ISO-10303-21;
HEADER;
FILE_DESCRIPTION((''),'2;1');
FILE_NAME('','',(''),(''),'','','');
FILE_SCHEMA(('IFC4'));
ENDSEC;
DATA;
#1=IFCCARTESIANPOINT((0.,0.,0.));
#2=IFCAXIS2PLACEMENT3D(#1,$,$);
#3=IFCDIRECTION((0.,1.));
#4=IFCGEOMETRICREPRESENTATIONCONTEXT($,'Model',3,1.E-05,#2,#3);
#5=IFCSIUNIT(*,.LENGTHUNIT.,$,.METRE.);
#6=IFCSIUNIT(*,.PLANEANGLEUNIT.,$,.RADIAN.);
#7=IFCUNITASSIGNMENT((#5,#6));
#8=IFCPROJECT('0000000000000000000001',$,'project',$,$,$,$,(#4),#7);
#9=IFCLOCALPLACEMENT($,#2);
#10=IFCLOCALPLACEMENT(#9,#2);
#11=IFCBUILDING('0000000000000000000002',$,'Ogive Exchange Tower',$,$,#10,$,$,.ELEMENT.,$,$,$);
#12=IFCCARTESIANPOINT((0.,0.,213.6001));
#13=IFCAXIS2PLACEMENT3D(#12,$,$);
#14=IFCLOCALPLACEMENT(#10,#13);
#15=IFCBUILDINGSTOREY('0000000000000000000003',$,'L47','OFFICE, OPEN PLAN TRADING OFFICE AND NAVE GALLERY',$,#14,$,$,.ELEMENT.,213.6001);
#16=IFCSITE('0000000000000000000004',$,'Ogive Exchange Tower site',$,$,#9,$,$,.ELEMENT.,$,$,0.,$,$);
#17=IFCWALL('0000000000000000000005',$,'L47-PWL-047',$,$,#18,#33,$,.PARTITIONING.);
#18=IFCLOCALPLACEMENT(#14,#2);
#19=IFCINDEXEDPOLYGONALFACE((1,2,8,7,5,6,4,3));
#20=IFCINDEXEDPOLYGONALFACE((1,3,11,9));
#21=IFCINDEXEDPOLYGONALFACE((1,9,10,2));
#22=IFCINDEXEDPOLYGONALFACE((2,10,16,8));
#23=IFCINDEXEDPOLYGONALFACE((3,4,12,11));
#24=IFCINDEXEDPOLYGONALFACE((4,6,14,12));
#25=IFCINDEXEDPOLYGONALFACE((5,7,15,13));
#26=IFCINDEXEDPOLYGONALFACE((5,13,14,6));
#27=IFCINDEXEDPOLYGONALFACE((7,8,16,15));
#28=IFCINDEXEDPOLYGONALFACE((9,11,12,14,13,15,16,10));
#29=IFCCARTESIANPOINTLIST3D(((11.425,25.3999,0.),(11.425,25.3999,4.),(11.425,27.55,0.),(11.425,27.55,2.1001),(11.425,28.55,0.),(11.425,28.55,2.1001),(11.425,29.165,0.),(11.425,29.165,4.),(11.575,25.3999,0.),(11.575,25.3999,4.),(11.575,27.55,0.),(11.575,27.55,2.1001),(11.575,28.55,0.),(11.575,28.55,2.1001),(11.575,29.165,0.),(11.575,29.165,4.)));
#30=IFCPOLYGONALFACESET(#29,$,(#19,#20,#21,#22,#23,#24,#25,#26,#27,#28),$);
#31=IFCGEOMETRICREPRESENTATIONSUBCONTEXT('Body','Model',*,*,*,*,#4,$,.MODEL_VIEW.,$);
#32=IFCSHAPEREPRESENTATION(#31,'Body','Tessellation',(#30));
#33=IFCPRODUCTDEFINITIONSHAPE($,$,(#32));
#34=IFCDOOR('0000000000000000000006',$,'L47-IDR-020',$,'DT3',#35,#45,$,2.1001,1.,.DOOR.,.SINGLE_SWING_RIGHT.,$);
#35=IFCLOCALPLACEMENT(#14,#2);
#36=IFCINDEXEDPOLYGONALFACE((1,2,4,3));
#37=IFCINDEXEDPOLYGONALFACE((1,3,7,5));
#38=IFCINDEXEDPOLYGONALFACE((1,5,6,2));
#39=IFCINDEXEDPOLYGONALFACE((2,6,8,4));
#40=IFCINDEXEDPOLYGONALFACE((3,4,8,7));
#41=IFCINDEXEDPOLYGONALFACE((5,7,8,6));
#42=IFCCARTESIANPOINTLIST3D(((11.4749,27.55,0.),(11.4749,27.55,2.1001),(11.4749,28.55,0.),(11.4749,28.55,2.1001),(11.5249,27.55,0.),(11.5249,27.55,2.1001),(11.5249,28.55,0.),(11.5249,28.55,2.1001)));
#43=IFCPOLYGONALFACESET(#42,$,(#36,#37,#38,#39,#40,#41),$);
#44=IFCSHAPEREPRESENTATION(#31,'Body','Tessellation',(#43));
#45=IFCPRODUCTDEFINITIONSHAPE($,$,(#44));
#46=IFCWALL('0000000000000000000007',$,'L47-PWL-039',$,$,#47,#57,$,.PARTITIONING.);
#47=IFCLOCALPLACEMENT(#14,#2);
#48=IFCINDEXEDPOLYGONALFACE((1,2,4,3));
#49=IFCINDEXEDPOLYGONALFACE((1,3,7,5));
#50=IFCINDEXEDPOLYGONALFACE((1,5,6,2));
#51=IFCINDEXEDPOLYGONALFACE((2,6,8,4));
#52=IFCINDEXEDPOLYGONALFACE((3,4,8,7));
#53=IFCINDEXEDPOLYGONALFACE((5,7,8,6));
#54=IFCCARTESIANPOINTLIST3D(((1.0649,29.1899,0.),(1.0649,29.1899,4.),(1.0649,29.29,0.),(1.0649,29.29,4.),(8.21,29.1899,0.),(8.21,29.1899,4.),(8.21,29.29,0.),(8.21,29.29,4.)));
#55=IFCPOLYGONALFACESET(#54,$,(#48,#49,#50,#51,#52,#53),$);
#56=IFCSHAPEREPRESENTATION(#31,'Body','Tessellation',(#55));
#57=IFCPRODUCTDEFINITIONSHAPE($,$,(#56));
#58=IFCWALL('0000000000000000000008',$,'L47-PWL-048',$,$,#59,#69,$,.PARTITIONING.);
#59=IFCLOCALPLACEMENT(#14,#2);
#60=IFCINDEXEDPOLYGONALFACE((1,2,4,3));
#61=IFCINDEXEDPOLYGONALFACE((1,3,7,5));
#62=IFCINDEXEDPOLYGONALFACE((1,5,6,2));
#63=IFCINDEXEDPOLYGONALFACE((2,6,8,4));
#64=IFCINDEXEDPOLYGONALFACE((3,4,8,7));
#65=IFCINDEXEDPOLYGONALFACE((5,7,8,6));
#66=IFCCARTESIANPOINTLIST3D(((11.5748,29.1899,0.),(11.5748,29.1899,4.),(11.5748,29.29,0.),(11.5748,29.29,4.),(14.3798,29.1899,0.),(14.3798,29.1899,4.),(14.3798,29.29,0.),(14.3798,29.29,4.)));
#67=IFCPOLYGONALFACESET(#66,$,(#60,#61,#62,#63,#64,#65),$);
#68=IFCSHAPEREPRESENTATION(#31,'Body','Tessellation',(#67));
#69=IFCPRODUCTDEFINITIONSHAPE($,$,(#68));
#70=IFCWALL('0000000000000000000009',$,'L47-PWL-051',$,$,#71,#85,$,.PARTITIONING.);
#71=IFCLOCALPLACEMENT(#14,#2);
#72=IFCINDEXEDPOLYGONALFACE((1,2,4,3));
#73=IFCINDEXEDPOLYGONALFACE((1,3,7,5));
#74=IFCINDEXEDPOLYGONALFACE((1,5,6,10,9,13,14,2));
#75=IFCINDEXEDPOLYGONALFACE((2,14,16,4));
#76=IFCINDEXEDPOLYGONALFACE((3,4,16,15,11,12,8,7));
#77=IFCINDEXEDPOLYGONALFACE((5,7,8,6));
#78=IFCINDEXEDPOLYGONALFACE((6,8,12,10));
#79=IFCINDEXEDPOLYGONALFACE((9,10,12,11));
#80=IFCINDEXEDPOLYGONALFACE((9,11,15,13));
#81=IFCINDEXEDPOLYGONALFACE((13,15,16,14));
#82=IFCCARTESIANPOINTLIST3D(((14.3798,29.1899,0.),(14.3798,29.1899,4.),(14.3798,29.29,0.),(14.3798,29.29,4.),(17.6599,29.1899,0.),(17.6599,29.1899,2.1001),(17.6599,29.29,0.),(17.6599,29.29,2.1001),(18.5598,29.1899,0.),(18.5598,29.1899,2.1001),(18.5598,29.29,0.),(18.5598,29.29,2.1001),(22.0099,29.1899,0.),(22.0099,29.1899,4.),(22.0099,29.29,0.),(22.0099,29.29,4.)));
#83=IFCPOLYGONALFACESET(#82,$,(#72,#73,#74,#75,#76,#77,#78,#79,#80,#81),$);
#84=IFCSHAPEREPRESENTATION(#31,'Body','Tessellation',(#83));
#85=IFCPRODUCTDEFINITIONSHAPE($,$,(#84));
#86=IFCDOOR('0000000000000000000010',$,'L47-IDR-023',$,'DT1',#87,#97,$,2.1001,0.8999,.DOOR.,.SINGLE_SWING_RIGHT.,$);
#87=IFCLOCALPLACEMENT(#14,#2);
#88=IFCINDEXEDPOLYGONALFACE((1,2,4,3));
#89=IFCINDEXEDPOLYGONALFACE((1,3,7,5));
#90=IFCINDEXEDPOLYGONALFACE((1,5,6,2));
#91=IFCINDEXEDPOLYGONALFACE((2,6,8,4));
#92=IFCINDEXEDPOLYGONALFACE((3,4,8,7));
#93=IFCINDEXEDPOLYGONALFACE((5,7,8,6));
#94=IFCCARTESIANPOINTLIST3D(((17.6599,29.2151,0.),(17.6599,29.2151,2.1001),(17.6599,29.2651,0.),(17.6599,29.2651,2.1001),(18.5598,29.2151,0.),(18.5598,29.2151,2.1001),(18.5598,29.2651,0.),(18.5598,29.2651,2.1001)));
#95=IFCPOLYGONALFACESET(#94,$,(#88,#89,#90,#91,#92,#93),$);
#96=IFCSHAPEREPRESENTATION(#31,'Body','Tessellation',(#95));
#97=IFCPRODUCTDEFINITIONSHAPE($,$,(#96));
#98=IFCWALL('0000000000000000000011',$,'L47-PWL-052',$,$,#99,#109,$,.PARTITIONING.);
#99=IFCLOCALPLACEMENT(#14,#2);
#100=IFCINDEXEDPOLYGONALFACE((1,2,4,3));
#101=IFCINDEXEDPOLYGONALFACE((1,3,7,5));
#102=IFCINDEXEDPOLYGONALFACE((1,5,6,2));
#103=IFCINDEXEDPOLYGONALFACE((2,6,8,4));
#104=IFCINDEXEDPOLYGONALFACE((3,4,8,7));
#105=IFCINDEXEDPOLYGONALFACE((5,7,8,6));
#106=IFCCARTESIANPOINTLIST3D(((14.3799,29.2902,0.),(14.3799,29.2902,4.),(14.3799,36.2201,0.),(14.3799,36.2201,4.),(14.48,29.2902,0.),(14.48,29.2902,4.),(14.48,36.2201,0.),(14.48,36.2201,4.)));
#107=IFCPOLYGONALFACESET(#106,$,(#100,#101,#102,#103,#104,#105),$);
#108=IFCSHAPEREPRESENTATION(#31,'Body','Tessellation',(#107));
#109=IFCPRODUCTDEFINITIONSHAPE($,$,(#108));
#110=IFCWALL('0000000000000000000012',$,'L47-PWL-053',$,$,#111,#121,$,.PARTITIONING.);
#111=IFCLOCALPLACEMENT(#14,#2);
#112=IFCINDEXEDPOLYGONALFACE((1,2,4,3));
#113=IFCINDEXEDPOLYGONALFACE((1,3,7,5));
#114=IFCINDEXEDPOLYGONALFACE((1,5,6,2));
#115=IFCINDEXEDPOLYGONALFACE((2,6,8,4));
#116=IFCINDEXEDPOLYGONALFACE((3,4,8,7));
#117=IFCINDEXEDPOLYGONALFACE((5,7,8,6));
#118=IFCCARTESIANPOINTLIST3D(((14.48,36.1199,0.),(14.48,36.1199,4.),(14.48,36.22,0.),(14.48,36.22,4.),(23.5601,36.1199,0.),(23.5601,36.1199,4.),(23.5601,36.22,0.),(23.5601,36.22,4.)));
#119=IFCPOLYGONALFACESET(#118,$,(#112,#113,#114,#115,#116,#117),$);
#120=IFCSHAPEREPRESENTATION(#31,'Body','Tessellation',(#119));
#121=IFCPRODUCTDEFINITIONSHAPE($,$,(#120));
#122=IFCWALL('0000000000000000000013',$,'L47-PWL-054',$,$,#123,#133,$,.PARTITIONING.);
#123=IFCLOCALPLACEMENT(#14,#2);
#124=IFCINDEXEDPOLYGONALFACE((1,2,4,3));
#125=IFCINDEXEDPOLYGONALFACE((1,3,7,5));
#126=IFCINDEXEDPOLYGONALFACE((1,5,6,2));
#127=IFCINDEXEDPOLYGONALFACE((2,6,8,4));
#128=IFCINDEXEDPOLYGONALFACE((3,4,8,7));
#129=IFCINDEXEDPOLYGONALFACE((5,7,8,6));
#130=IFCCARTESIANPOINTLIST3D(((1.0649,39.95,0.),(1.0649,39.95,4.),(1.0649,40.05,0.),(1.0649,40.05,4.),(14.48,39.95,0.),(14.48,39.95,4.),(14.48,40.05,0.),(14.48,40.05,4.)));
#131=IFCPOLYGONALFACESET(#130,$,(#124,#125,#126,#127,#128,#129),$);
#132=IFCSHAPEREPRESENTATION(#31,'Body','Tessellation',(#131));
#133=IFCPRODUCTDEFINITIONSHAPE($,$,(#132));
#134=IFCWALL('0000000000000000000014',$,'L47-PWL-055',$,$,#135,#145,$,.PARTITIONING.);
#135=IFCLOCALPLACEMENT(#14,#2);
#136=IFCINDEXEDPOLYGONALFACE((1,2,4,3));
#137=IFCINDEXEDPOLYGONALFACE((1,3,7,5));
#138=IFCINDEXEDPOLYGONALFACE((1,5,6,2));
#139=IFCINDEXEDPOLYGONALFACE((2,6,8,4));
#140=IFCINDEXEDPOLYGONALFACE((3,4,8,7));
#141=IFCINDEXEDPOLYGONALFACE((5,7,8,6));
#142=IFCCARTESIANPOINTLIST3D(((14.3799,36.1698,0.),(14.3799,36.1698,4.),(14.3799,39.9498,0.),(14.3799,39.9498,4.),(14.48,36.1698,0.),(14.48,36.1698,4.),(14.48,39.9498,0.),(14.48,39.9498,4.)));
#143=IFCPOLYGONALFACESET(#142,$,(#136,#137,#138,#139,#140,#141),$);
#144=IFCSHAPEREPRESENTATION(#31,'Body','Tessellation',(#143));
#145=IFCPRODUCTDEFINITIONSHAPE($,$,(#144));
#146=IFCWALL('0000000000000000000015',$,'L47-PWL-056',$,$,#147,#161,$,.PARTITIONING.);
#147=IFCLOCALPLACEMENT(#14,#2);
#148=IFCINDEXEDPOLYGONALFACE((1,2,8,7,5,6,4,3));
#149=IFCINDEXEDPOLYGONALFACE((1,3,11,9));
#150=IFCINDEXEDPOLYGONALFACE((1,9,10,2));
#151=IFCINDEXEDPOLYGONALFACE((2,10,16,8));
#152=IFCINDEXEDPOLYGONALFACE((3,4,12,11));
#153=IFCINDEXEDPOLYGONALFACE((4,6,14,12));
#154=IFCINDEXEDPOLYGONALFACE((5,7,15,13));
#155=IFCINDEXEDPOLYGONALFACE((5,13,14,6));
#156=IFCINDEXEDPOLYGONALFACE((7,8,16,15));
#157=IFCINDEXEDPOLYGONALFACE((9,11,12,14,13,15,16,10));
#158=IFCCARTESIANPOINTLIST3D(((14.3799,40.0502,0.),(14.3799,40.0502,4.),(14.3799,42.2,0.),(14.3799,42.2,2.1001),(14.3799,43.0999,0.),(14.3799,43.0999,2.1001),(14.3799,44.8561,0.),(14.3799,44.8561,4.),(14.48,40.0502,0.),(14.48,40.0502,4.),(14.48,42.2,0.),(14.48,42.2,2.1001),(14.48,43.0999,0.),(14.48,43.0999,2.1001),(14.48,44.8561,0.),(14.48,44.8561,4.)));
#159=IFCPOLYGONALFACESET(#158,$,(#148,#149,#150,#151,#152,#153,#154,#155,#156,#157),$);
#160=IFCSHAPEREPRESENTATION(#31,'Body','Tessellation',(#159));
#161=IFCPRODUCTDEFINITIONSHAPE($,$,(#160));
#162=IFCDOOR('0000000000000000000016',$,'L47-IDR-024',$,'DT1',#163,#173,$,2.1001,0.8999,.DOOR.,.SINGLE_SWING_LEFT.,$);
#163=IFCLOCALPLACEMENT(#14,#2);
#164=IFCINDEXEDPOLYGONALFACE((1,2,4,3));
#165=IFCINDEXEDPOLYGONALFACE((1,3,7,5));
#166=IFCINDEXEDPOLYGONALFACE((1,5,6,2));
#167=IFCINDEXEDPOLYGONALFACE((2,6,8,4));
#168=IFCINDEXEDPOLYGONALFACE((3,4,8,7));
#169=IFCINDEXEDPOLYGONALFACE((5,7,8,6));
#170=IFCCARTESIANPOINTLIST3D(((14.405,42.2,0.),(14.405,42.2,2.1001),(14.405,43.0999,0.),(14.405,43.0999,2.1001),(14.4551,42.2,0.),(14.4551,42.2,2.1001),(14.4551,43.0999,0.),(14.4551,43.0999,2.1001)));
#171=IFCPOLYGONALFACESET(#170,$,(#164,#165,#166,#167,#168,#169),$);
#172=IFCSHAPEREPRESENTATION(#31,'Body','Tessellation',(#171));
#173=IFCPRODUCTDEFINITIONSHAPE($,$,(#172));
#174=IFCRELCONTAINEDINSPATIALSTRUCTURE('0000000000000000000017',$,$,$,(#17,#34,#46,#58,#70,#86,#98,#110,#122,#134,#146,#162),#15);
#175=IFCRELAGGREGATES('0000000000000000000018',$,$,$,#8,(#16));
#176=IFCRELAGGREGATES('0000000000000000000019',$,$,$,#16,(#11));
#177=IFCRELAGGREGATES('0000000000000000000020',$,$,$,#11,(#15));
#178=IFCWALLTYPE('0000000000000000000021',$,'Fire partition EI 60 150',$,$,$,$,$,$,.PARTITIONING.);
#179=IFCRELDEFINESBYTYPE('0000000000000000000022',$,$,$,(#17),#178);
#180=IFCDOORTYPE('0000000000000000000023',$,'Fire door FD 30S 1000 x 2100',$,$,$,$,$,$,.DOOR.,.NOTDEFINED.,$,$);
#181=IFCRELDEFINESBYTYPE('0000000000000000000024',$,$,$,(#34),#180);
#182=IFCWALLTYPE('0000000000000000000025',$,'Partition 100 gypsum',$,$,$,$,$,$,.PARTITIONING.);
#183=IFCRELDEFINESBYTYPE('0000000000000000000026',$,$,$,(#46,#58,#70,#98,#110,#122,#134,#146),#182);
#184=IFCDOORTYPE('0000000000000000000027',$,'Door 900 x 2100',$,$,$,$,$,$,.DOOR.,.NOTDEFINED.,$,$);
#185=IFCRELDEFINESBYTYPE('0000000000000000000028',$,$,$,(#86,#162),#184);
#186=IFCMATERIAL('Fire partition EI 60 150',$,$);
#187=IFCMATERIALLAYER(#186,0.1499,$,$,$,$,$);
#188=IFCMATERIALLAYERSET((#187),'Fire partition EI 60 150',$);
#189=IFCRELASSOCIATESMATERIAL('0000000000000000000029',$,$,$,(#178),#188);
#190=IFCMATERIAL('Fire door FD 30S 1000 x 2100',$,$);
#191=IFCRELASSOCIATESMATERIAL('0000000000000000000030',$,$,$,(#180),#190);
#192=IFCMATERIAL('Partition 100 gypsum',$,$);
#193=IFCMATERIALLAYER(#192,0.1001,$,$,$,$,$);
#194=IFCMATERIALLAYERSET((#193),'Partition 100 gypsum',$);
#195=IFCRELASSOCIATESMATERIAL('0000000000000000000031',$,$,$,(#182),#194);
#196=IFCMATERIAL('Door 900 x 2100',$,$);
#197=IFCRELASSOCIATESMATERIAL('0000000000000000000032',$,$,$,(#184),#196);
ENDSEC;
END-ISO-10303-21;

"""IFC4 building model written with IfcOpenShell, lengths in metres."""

from ifc_helpers import new_model, si_unit, direction, frame, frame_2d, origin, place, context, subcontext, project, spatial, rectangle, extrude, material, layer, layer_set, type_object, element, fill, save


model = new_model("IFC4")

# Units and contexts
model_context = context("Model", 3, precision=1e-05, world=origin(), true_north=direction((0.0, 1.0)))
body_context = subcontext(model_context, "Body", "Model", "MODEL_VIEW")
ifc_project = project(units=[si_unit("LENGTHUNIT", "METRE"), si_unit("PLANEANGLEUNIT", "RADIAN")], contexts=[model_context])

# Site, building, storey
site_placement = place(None, origin())
site = spatial("IfcSite", under=ifc_project, at=site_placement, Name="Ogive Exchange Tower site", CompositionType="ELEMENT", RefElevation=0.0)
building_placement = place(site_placement, origin())
building = spatial("IfcBuilding", under=site, at=building_placement, Name="Ogive Exchange Tower", CompositionType="ELEMENT")
storey_placement = place(building_placement, frame((0.0, 0.0, 213.6001)))
storey = spatial("IfcBuildingStorey", under=building, at=storey_placement, Name="L47", Description="OFFICE, OPEN PLAN TRADING OFFICE AND NAVE GALLERY", CompositionType="ELEMENT", Elevation=213.6001)

# Shared definitions
ifc_material_1 = material(Name="Fire partition EI 60 150")
ifc_layer_1 = layer(ifc_material_1, 0.1499)
ifc_layer_set_1 = layer_set([ifc_layer_1], Name="Fire partition EI 60 150")
wall_type_1 = type_object("IfcWallType", Name="Fire partition EI 60 150", PredefinedType="PARTITIONING", material=ifc_layer_set_1)
ifc_material_2 = material(Name="Fire door FD 30S 1000 x 2100")
door_type_1 = type_object("IfcDoorType", Name="Fire door FD 30S 1000 x 2100", OperationType="NOTDEFINED", PredefinedType="DOOR", material=ifc_material_2)

# Wall, opening, door
wall_1_placement = place(storey_placement, frame((11.5, 29.165, 0.0), z_axis=(0.0, 0.0, 1.0), x_axis=(0.0, -1.0, 0.0)))
wall_1 = element("IfcWall", 1, at=wall_1_placement, inside=storey, type_object=wall_type_1, Name="L47-PWL-047", PredefinedType="PARTITIONING", context=body_context, shape_type="SweptSolid", body=[
    extrude(rectangle(XDim=3.7651, YDim=0.1499, at=frame_2d((1.8826, 0.0))), origin(), (0.0, 0.0, 1.0), 4.0),
])
opening_1_placement = place(wall_1_placement, frame((0.615, 0.0, 0.0)))
opening_1 = element("IfcOpeningElement", 2, at=opening_1_placement, cuts=wall_1, PredefinedType="OPENING", context=body_context, shape_type="SweptSolid", body=[
    extrude(rectangle(XDim=1.0, YDim=2.1001, at=frame_2d((0.5, 1.05))), frame((0.0, 0.085, 0.0), z_axis=(0.0, -1.0, 0.0), x_axis=(1.0, 0.0, 0.0)), (0.0, 0.0, 1.0), 0.1699),
])
door_1_placement = place(opening_1_placement, origin())
door_1 = element("IfcDoor", 3, at=door_1_placement, inside=storey, type_object=door_type_1, Name="L47-IDR-020", ObjectType="DT3", OperationType="SINGLE_SWING_RIGHT", OverallHeight=2.1001, OverallWidth=1.0, PredefinedType="DOOR", context=body_context, shape_type="SweptSolid", body=[
    extrude(rectangle(XDim=1.0, YDim=2.1001, at=frame_2d((0.5, 1.05))), frame((0.0, 0.0249, 0.0), z_axis=(0.0, -1.0, 0.0), x_axis=(1.0, 0.0, 0.0)), (0.0, 0.0, 1.0), 0.05),
])
fill(opening_1, door_1)

# Walls
ifc_material_3 = material(Name="Partition 100 gypsum")
ifc_layer_2 = layer(ifc_material_3, 0.1001)
ifc_layer_set_2 = layer_set([ifc_layer_2], Name="Partition 100 gypsum")
wall_type_2 = type_object("IfcWallType", Name="Partition 100 gypsum", PredefinedType="PARTITIONING", material=ifc_layer_set_2)
wall_2_placement = place(storey_placement, frame((1.0649, 29.24, 0.0), z_axis=(0.0, 0.0, 1.0), x_axis=(1.0, 0.0, 0.0)))
element("IfcWall", 4, at=wall_2_placement, inside=storey, type_object=wall_type_2, Name="L47-PWL-039", PredefinedType="PARTITIONING", context=body_context, shape_type="SweptSolid", body=[
    extrude(rectangle(XDim=7.145, YDim=0.1001, at=frame_2d((3.5725, 0.0))), origin(), (0.0, 0.0, 1.0), 4.0),
])
wall_3_placement = place(storey_placement, frame((11.575, 29.24, 0.0), z_axis=(0.0, 0.0, 1.0), x_axis=(1.0, 0.0, 0.0)))
element("IfcWall", 5, at=wall_3_placement, inside=storey, type_object=wall_type_2, Name="L47-PWL-048", PredefinedType="PARTITIONING", context=body_context, shape_type="SweptSolid", body=[
    extrude(rectangle(XDim=2.8049, YDim=0.1001, at=frame_2d((1.4023, 0.0))), origin(), (0.0, 0.0, 1.0), 4.0),
])

# Wall, opening, door
wall_4_placement = place(storey_placement, frame((14.3799, 29.24, 0.0), z_axis=(0.0, 0.0, 1.0), x_axis=(1.0, 0.0, 0.0)))
wall_4 = element("IfcWall", 6, at=wall_4_placement, inside=storey, type_object=wall_type_2, Name="L47-PWL-051", PredefinedType="PARTITIONING", context=body_context, shape_type="SweptSolid", body=[
    extrude(rectangle(XDim=7.6301, YDim=0.1001, at=frame_2d((3.8149, 0.0))), origin(), (0.0, 0.0, 1.0), 4.0),
])
opening_2_placement = place(wall_4_placement, frame((3.28, 0.0, 0.0)))
opening_2 = element("IfcOpeningElement", 7, at=opening_2_placement, cuts=wall_4, PredefinedType="OPENING", context=body_context, shape_type="SweptSolid", body=[
    extrude(rectangle(XDim=0.8999, YDim=2.1001, at=frame_2d((0.45, 1.05))), frame((0.0, 0.0601, 0.0), z_axis=(0.0, -1.0, 0.0), x_axis=(1.0, 0.0, 0.0)), (0.0, 0.0, 1.0), 0.1201),
])
ifc_material_4 = material(Name="Door 900 x 2100")
door_type_2 = type_object("IfcDoorType", Name="Door 900 x 2100", OperationType="NOTDEFINED", PredefinedType="DOOR", material=ifc_material_4)
door_2_placement = place(opening_2_placement, frame((0.8999, 0.0, 0.0), z_axis=(0.0, 0.0, 1.0), x_axis=(-1.0, 0.0, 0.0)))
door_2 = element("IfcDoor", 8, at=door_2_placement, inside=storey, type_object=door_type_2, Name="L47-IDR-023", ObjectType="DT1", OperationType="SINGLE_SWING_RIGHT", OverallHeight=2.1001, OverallWidth=0.8999, PredefinedType="DOOR", context=body_context, shape_type="SweptSolid", body=[
    extrude(rectangle(XDim=0.8999, YDim=2.1001, at=frame_2d((0.45, 1.05))), frame((0.0, 0.0249, 0.0), z_axis=(0.0, -1.0, 0.0), x_axis=(1.0, 0.0, 0.0)), (0.0, 0.0, 1.0), 0.05),
])
fill(opening_2, door_2)

# Walls
wall_5_placement = place(storey_placement, frame((14.4299, 36.22, 0.0), z_axis=(0.0, 0.0, 1.0), x_axis=(0.0, -1.0, 0.0)))
element("IfcWall", 9, at=wall_5_placement, inside=storey, type_object=wall_type_2, Name="L47-PWL-052", PredefinedType="PARTITIONING", context=body_context, shape_type="SweptSolid", body=[
    extrude(rectangle(XDim=6.9299, YDim=0.1001, at=frame_2d((3.4648, 0.0))), origin(), (0.0, 0.0, 1.0), 4.0),
])
wall_6_placement = place(storey_placement, frame((14.48, 36.1699, 0.0), z_axis=(0.0, 0.0, 1.0), x_axis=(1.0, 0.0, 0.0)))
element("IfcWall", 10, at=wall_6_placement, inside=storey, type_object=wall_type_2, Name="L47-PWL-053", PredefinedType="PARTITIONING", context=body_context, shape_type="SweptSolid", body=[
    extrude(rectangle(XDim=9.0801, YDim=0.1001, at=frame_2d((4.54, 0.0))), origin(), (0.0, 0.0, 1.0), 4.0),
])
wall_7_placement = place(storey_placement, frame((14.48, 40.0, 0.0), z_axis=(0.0, 0.0, 1.0), x_axis=(-1.0, 0.0, 0.0)))
element("IfcWall", 11, at=wall_7_placement, inside=storey, type_object=wall_type_2, Name="L47-PWL-054", PredefinedType="PARTITIONING", context=body_context, shape_type="SweptSolid", body=[
    extrude(rectangle(XDim=13.415, YDim=0.1001, at=frame_2d((6.7075, 0.0))), origin(), (0.0, 0.0, 1.0), 4.0),
])
wall_8_placement = place(storey_placement, frame((14.4299, 39.95, 0.0), z_axis=(0.0, 0.0, 1.0), x_axis=(0.0, -1.0, 0.0)))
element("IfcWall", 12, at=wall_8_placement, inside=storey, type_object=wall_type_2, Name="L47-PWL-055", PredefinedType="PARTITIONING", context=body_context, shape_type="SweptSolid", body=[
    extrude(rectangle(XDim=3.78, YDim=0.1001, at=frame_2d((1.8901, 0.0))), origin(), (0.0, 0.0, 1.0), 4.0),
])

# Wall, opening, door
wall_9_placement = place(storey_placement, frame((14.4299, 44.856, 0.0), z_axis=(0.0, 0.0, 1.0), x_axis=(0.0, -1.0, 0.0)))
wall_9 = element("IfcWall", 13, at=wall_9_placement, inside=storey, type_object=wall_type_2, Name="L47-PWL-056", PredefinedType="PARTITIONING", context=body_context, shape_type="SweptSolid", body=[
    extrude(rectangle(XDim=4.8059, YDim=0.1001, at=frame_2d((2.4028, 0.0))), origin(), (0.0, 0.0, 1.0), 4.0),
])
opening_3_placement = place(wall_9_placement, frame((1.7561, 0.0, 0.0)))
opening_3 = element("IfcOpeningElement", 14, at=opening_3_placement, cuts=wall_9, PredefinedType="OPENING", context=body_context, shape_type="SweptSolid", body=[
    extrude(rectangle(XDim=0.8999, YDim=2.1001, at=frame_2d((0.45, 1.05))), frame((0.0, 0.0601, 0.0), z_axis=(0.0, -1.0, 0.0), x_axis=(1.0, 0.0, 0.0)), (0.0, 0.0, 1.0), 0.1201),
])
door_3_placement = place(opening_3_placement, frame((0.8999, 0.0, 0.0), z_axis=(0.0, 0.0, 1.0), x_axis=(-1.0, 0.0, 0.0)))
door_3 = element("IfcDoor", 15, at=door_3_placement, inside=storey, type_object=door_type_2, Name="L47-IDR-024", ObjectType="DT1", OperationType="SINGLE_SWING_LEFT", OverallHeight=2.1001, OverallWidth=0.8999, PredefinedType="DOOR", context=body_context, shape_type="SweptSolid", body=[
    extrude(rectangle(XDim=0.8999, YDim=2.1001, at=frame_2d((0.45, 1.05))), frame((0.0, 0.0249, 0.0), z_axis=(0.0, -1.0, 0.0), x_axis=(1.0, 0.0, 0.0)), (0.0, 0.0, 1.0), 0.05),
])
fill(opening_3, door_3)

save(model, "model.ifc")
